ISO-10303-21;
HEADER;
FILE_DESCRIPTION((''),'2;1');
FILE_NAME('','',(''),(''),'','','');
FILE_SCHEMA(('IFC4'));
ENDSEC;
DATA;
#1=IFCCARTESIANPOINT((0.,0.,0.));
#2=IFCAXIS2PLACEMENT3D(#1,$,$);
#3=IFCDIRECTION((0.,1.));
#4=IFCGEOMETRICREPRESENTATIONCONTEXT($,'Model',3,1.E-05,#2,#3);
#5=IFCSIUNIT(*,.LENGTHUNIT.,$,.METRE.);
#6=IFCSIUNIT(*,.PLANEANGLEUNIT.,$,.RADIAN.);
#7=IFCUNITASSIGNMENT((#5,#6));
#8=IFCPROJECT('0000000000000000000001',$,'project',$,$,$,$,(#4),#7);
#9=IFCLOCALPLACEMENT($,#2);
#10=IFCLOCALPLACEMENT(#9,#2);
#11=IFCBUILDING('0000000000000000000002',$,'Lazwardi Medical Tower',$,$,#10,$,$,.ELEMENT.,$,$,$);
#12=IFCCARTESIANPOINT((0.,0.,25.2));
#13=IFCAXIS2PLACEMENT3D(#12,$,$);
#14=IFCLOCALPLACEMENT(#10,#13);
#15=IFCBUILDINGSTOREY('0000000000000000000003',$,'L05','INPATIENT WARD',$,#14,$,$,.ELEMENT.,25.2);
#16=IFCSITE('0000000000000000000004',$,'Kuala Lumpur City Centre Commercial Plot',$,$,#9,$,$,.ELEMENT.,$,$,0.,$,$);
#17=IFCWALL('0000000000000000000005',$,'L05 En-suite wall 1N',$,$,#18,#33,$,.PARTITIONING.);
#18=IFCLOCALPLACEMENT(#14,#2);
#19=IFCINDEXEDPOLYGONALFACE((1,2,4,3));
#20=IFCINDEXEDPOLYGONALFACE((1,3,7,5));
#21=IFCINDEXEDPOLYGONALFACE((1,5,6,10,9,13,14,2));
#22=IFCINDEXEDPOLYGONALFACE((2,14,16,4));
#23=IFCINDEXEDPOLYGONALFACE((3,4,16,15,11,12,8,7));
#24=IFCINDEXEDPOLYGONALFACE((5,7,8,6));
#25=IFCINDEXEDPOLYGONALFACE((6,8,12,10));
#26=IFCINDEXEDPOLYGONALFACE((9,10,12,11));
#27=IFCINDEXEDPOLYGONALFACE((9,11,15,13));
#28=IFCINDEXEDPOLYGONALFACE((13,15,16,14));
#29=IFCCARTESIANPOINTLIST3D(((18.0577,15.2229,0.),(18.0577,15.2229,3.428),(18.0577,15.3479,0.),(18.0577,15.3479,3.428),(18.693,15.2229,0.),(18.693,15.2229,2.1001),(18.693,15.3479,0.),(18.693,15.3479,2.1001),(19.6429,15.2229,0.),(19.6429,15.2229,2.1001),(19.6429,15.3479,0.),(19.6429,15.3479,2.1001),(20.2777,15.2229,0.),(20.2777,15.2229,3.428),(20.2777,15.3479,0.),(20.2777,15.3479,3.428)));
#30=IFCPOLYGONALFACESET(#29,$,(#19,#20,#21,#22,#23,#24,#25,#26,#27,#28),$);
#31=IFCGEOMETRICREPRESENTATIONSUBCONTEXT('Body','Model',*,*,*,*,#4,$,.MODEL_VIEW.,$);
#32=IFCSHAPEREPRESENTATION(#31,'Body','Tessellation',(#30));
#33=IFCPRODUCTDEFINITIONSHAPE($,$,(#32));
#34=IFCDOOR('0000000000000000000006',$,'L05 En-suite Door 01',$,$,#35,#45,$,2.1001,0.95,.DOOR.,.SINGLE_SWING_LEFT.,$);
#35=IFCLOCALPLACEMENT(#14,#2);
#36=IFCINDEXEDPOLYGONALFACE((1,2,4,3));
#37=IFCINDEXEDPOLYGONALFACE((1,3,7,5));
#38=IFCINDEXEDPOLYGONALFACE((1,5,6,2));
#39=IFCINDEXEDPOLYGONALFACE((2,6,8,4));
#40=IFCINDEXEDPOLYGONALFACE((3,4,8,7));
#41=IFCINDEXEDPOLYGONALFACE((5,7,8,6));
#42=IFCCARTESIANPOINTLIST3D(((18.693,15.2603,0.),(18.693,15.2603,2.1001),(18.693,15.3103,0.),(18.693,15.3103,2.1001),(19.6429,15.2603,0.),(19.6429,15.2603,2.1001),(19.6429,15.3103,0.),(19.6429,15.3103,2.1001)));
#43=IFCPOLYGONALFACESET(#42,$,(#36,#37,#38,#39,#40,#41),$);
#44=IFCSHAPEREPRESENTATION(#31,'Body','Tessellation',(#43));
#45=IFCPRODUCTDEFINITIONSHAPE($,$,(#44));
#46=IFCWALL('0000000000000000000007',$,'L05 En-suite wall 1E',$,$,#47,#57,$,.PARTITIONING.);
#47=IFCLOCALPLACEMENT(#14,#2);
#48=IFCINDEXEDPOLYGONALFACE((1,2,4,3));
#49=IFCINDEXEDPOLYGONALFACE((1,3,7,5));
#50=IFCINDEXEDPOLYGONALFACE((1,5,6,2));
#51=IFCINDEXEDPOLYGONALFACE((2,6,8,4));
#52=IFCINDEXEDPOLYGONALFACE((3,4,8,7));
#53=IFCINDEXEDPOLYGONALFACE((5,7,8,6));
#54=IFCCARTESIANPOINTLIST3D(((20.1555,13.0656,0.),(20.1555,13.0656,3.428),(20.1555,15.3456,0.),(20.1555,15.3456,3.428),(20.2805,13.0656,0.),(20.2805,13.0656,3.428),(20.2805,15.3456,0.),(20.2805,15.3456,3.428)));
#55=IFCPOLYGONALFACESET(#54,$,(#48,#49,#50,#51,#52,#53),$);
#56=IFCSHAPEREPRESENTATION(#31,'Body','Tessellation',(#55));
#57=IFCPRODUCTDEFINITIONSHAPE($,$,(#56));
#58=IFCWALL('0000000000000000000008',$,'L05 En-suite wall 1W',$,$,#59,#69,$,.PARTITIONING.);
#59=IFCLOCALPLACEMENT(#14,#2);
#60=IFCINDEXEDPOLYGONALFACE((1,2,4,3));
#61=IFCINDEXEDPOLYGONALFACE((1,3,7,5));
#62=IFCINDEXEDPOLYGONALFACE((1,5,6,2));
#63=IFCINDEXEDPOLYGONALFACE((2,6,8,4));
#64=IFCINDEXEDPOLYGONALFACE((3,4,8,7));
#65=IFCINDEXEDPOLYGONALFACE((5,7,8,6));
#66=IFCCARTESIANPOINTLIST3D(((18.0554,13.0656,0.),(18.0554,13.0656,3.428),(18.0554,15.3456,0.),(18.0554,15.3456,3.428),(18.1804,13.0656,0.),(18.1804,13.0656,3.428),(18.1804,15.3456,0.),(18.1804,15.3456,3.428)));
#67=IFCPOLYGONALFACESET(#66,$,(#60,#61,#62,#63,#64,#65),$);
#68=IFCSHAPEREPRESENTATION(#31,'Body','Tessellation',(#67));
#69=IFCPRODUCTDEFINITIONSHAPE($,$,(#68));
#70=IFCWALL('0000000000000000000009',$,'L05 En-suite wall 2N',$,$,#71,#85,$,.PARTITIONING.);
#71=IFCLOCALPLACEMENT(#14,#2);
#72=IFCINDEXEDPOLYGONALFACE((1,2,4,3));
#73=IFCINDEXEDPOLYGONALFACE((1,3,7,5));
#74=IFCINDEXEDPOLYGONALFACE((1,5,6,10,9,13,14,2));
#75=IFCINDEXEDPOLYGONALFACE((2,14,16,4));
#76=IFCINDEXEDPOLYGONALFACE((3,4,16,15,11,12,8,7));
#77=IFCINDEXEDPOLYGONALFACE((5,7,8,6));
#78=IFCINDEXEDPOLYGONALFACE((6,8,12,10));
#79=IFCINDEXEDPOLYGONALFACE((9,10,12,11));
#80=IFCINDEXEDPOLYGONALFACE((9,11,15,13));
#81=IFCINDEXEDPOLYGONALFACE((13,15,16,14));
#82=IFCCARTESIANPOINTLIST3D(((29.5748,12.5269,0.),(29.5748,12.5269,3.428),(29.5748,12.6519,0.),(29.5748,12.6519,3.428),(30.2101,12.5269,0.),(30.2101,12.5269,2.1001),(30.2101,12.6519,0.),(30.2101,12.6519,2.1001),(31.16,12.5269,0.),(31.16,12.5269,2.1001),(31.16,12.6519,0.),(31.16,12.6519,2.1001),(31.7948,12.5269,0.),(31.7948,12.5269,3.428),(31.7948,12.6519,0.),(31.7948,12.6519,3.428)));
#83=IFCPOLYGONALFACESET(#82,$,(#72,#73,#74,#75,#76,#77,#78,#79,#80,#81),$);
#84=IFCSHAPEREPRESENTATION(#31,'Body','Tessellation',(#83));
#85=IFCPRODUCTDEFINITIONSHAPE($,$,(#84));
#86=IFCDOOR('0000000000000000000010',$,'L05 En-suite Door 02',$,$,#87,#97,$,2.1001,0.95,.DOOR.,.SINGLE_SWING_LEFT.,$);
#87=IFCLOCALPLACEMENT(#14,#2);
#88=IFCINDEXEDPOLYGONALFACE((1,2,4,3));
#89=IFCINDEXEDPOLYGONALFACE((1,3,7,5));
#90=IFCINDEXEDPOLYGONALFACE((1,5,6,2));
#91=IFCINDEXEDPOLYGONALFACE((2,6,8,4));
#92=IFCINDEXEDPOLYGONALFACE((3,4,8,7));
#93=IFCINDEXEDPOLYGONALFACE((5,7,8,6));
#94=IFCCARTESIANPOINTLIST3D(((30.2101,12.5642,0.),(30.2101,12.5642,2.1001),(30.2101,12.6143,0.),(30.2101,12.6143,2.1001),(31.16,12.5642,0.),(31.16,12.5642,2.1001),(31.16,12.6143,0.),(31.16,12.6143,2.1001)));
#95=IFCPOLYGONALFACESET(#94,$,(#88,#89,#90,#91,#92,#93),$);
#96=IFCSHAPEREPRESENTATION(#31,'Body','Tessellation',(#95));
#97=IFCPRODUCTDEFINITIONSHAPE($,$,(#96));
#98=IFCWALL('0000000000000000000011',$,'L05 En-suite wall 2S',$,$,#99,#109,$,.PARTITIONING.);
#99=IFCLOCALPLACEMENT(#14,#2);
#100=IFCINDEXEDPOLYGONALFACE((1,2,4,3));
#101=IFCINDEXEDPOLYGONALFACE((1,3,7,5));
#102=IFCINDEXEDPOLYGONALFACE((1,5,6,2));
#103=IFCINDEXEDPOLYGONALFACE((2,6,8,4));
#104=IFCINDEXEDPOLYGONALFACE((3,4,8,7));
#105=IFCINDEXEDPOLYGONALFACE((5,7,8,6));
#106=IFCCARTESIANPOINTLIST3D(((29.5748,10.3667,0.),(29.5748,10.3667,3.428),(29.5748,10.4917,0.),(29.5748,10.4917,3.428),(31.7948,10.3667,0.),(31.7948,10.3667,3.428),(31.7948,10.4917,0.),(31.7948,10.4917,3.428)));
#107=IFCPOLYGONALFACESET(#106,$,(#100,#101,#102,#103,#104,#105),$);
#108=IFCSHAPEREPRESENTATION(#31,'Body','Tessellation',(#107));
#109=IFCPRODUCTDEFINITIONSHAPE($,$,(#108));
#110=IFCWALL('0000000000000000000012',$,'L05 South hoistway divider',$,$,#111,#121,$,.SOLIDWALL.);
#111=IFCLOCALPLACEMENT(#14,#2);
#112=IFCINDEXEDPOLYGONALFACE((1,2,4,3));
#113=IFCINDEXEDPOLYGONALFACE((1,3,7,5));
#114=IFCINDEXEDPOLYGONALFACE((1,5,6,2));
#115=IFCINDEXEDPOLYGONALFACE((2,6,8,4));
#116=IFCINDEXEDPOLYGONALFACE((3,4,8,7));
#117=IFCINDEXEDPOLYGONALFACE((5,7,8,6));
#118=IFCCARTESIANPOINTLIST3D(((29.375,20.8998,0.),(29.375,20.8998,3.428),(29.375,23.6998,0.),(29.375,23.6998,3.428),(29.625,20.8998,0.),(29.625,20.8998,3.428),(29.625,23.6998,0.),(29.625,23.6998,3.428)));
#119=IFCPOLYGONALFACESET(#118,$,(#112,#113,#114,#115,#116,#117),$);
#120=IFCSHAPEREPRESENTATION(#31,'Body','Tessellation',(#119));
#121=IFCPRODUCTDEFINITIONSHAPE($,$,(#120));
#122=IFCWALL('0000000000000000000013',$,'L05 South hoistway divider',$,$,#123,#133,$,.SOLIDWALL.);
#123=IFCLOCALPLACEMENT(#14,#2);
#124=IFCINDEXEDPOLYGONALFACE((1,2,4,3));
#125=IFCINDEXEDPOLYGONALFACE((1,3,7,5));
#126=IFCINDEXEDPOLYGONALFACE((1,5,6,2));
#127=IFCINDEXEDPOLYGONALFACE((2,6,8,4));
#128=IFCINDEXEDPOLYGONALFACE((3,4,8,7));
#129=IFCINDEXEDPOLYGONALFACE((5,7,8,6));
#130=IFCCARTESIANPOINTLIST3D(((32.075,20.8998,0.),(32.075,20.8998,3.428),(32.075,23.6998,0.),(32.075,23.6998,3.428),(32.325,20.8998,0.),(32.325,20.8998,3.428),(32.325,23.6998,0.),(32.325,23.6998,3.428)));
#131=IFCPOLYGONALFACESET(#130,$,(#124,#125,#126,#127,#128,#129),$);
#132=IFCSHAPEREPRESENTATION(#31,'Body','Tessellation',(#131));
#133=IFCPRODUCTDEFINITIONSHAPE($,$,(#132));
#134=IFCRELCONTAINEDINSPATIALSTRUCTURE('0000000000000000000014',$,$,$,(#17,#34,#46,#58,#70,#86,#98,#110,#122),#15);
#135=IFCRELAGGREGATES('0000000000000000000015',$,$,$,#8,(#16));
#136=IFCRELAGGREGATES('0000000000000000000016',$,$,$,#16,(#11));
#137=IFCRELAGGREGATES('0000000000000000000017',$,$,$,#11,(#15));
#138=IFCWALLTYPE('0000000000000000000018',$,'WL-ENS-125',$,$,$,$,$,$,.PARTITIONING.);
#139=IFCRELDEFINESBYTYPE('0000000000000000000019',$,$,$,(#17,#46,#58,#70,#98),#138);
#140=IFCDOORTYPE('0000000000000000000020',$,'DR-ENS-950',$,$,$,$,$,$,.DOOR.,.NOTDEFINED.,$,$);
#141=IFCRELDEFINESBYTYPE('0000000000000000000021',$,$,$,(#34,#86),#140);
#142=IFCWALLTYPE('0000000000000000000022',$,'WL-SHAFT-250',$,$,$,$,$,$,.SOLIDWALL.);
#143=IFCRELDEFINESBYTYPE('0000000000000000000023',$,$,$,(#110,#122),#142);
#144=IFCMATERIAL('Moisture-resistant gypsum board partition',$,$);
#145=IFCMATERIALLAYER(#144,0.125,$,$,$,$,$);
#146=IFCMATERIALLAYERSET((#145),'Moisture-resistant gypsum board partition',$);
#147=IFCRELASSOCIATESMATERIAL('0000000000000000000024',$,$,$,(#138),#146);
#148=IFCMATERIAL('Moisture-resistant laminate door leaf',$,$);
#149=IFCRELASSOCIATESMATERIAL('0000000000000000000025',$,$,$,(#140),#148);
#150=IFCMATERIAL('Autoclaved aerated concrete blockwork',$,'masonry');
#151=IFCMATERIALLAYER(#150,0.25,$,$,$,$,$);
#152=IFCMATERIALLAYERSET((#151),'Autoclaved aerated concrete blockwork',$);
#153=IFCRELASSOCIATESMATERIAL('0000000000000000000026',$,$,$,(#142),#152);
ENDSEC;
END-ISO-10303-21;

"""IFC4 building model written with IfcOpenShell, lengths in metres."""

from ifc_helpers import new_model, si_unit, direction, frame, frame_2d, origin, place, context, subcontext, project, spatial, rectangle, extrude, material, layer, layer_set, type_object, element, fill, save


model = new_model("IFC4")

# Units and contexts
model_context = context("Model", 3, precision=1e-05, world=origin(), true_north=direction((0.0, 1.0)))
body_context = subcontext(model_context, "Body", "Model", "MODEL_VIEW")
ifc_project = project(units=[si_unit("LENGTHUNIT", "METRE"), si_unit("PLANEANGLEUNIT", "RADIAN")], contexts=[model_context])

# Site, building, storey
site_placement = place(None, origin())
site = spatial("IfcSite", under=ifc_project, at=site_placement, Name="Kuala Lumpur City Centre Commercial Plot", CompositionType="ELEMENT", RefElevation=0.0)
building_placement = place(site_placement, origin())
building = spatial("IfcBuilding", under=site, at=building_placement, Name="Lazwardi Medical Tower", CompositionType="ELEMENT")
storey_placement = place(building_placement, frame((0.0, 0.0, 25.2)))
storey = spatial("IfcBuildingStorey", under=building, at=storey_placement, Name="L05", Description="INPATIENT WARD", CompositionType="ELEMENT", Elevation=25.2)

# Wall, opening, door
ifc_material_1 = material(Name="Moisture-resistant gypsum board partition")
ifc_layer_1 = layer(ifc_material_1, 0.125)
ifc_layer_set_1 = layer_set([ifc_layer_1], Name="Moisture-resistant gypsum board partition")
wall_type_1 = type_object("IfcWallType", Name="WL-ENS-125", PredefinedType="PARTITIONING", material=ifc_layer_set_1)
wall_1_placement = place(storey_placement, frame((18.0579, 15.2854, 0.0), z_axis=(0.0, 0.0, 1.0), x_axis=(1.0, 0.0, 0.0)))
wall_1 = element("IfcWall", 1, at=wall_1_placement, inside=storey, type_object=wall_type_1, Name="L05 En-suite wall 1N", PredefinedType="PARTITIONING", context=body_context, shape_type="SweptSolid", body=[
    extrude(rectangle(XDim=2.22, YDim=0.125, at=frame_2d((1.1099, 0.0))), origin(), (0.0, 0.0, 1.0), 3.428),
])
opening_1_placement = place(wall_1_placement, frame((0.635, 0.0, 0.0)))
opening_1 = element("IfcOpeningElement", 2, at=opening_1_placement, cuts=wall_1, PredefinedType="OPENING", context=body_context, shape_type="SweptSolid", body=[
    extrude(rectangle(XDim=0.95, YDim=2.1001, at=frame_2d((0.4751, 1.05))), frame((0.0, 0.0725, 0.0), z_axis=(0.0, -1.0, 0.0), x_axis=(1.0, 0.0, 0.0)), (0.0, 0.0, 1.0), 0.145),
])
ifc_material_2 = material(Name="Moisture-resistant laminate door leaf")
door_type_1 = type_object("IfcDoorType", Name="DR-ENS-950", OperationType="NOTDEFINED", PredefinedType="DOOR", material=ifc_material_2)
door_1_placement = place(opening_1_placement, origin())
door_1 = element("IfcDoor", 3, at=door_1_placement, inside=storey, type_object=door_type_1, Name="L05 En-suite Door 01", OperationType="SINGLE_SWING_LEFT", OverallHeight=2.1001, OverallWidth=0.95, PredefinedType="DOOR", context=body_context, shape_type="SweptSolid", body=[
    extrude(rectangle(XDim=0.95, YDim=2.1001, at=frame_2d((0.4751, 1.05))), frame((0.0, 0.0249, 0.0), z_axis=(0.0, -1.0, 0.0), x_axis=(1.0, 0.0, 0.0)), (0.0, 0.0, 1.0), 0.05),
])
fill(opening_1, door_1)

# Walls
for number, where, z_axis, x_axis, name in (
    (4, (20.218, 13.0654, 0.0), (0.0, 0.0, 1.0), (0.0, 1.0, 0.0), "L05 En-suite wall 1E"),
    (5, (18.1179, 13.0654, 0.0), (0.0, 0.0, 1.0), (0.0, 1.0, 0.0), "L05 En-suite wall 1W"),
):
    element("IfcWall", number, at=place(storey_placement, frame(where, z_axis=z_axis, x_axis=x_axis)), inside=storey, type_object=wall_type_1, Name=name, PredefinedType="PARTITIONING", context=body_context, shape_type="SweptSolid", body=[
        extrude(rectangle(XDim=2.28, YDim=0.125, at=frame_2d((1.1401, 0.0))), origin(), (0.0, 0.0, 1.0), 3.428),
    ])

# Wall, opening, door
wall_2_placement = place(storey_placement, frame((29.575, 12.5894, 0.0), z_axis=(0.0, 0.0, 1.0), x_axis=(1.0, 0.0, 0.0)))
wall_2 = element("IfcWall", 6, at=wall_2_placement, inside=storey, type_object=wall_type_1, Name="L05 En-suite wall 2N", PredefinedType="PARTITIONING", context=body_context, shape_type="SweptSolid", body=[
    extrude(rectangle(XDim=2.22, YDim=0.125, at=frame_2d((1.1099, 0.0))), origin(), (0.0, 0.0, 1.0), 3.428),
])
opening_2_placement = place(wall_2_placement, frame((0.635, 0.0, 0.0)))
opening_2 = element("IfcOpeningElement", 7, at=opening_2_placement, cuts=wall_2, PredefinedType="OPENING", context=body_context, shape_type="SweptSolid", body=[
    extrude(rectangle(XDim=0.95, YDim=2.1001, at=frame_2d((0.4751, 1.05))), frame((0.0, 0.0725, 0.0), z_axis=(0.0, -1.0, 0.0), x_axis=(1.0, 0.0, 0.0)), (0.0, 0.0, 1.0), 0.145),
])
door_2_placement = place(opening_2_placement, origin())
door_2 = element("IfcDoor", 8, at=door_2_placement, inside=storey, type_object=door_type_1, Name="L05 En-suite Door 02", OperationType="SINGLE_SWING_LEFT", OverallHeight=2.1001, OverallWidth=0.95, PredefinedType="DOOR", context=body_context, shape_type="SweptSolid", body=[
    extrude(rectangle(XDim=0.95, YDim=2.1001, at=frame_2d((0.4751, 1.05))), frame((0.0, 0.0249, 0.0), z_axis=(0.0, -1.0, 0.0), x_axis=(1.0, 0.0, 0.0)), (0.0, 0.0, 1.0), 0.05),
])
fill(opening_2, door_2)

# Walls
wall_3_placement = place(storey_placement, frame((29.575, 10.4292, 0.0), z_axis=(0.0, 0.0, 1.0), x_axis=(1.0, 0.0, 0.0)))
element("IfcWall", 9, at=wall_3_placement, inside=storey, type_object=wall_type_1, Name="L05 En-suite wall 2S", PredefinedType="PARTITIONING", context=body_context, shape_type="SweptSolid", body=[
    extrude(rectangle(XDim=2.22, YDim=0.125, at=frame_2d((1.1099, 0.0))), origin(), (0.0, 0.0, 1.0), 3.428),
])
ifc_material_3 = material(Name="Autoclaved aerated concrete blockwork", Category="masonry")
ifc_layer_2 = layer(ifc_material_3, 0.25)
ifc_layer_set_2 = layer_set([ifc_layer_2], Name="Autoclaved aerated concrete blockwork")
wall_type_2 = type_object("IfcWallType", Name="WL-SHAFT-250", PredefinedType="SOLIDWALL", material=ifc_layer_set_2)
for number, where, z_axis, x_axis, name in (
    (10, (29.5, 20.8999, 0.0), (0.0, 0.0, 1.0), (0.0, 1.0, 0.0), "L05 South hoistway divider"),
    (11, (32.2, 20.8999, 0.0), (0.0, 0.0, 1.0), (0.0, 1.0, 0.0), "L05 South hoistway divider"),
):
    element("IfcWall", number, at=place(storey_placement, frame(where, z_axis=z_axis, x_axis=x_axis)), inside=storey, type_object=wall_type_2, Name=name, PredefinedType="SOLIDWALL", context=body_context, shape_type="SweptSolid", body=[
        extrude(rectangle(XDim=2.8, YDim=0.25, at=frame_2d((1.3999, 0.0))), origin(), (0.0, 0.0, 1.0), 3.428),
    ])

save(model, "model.ifc")
